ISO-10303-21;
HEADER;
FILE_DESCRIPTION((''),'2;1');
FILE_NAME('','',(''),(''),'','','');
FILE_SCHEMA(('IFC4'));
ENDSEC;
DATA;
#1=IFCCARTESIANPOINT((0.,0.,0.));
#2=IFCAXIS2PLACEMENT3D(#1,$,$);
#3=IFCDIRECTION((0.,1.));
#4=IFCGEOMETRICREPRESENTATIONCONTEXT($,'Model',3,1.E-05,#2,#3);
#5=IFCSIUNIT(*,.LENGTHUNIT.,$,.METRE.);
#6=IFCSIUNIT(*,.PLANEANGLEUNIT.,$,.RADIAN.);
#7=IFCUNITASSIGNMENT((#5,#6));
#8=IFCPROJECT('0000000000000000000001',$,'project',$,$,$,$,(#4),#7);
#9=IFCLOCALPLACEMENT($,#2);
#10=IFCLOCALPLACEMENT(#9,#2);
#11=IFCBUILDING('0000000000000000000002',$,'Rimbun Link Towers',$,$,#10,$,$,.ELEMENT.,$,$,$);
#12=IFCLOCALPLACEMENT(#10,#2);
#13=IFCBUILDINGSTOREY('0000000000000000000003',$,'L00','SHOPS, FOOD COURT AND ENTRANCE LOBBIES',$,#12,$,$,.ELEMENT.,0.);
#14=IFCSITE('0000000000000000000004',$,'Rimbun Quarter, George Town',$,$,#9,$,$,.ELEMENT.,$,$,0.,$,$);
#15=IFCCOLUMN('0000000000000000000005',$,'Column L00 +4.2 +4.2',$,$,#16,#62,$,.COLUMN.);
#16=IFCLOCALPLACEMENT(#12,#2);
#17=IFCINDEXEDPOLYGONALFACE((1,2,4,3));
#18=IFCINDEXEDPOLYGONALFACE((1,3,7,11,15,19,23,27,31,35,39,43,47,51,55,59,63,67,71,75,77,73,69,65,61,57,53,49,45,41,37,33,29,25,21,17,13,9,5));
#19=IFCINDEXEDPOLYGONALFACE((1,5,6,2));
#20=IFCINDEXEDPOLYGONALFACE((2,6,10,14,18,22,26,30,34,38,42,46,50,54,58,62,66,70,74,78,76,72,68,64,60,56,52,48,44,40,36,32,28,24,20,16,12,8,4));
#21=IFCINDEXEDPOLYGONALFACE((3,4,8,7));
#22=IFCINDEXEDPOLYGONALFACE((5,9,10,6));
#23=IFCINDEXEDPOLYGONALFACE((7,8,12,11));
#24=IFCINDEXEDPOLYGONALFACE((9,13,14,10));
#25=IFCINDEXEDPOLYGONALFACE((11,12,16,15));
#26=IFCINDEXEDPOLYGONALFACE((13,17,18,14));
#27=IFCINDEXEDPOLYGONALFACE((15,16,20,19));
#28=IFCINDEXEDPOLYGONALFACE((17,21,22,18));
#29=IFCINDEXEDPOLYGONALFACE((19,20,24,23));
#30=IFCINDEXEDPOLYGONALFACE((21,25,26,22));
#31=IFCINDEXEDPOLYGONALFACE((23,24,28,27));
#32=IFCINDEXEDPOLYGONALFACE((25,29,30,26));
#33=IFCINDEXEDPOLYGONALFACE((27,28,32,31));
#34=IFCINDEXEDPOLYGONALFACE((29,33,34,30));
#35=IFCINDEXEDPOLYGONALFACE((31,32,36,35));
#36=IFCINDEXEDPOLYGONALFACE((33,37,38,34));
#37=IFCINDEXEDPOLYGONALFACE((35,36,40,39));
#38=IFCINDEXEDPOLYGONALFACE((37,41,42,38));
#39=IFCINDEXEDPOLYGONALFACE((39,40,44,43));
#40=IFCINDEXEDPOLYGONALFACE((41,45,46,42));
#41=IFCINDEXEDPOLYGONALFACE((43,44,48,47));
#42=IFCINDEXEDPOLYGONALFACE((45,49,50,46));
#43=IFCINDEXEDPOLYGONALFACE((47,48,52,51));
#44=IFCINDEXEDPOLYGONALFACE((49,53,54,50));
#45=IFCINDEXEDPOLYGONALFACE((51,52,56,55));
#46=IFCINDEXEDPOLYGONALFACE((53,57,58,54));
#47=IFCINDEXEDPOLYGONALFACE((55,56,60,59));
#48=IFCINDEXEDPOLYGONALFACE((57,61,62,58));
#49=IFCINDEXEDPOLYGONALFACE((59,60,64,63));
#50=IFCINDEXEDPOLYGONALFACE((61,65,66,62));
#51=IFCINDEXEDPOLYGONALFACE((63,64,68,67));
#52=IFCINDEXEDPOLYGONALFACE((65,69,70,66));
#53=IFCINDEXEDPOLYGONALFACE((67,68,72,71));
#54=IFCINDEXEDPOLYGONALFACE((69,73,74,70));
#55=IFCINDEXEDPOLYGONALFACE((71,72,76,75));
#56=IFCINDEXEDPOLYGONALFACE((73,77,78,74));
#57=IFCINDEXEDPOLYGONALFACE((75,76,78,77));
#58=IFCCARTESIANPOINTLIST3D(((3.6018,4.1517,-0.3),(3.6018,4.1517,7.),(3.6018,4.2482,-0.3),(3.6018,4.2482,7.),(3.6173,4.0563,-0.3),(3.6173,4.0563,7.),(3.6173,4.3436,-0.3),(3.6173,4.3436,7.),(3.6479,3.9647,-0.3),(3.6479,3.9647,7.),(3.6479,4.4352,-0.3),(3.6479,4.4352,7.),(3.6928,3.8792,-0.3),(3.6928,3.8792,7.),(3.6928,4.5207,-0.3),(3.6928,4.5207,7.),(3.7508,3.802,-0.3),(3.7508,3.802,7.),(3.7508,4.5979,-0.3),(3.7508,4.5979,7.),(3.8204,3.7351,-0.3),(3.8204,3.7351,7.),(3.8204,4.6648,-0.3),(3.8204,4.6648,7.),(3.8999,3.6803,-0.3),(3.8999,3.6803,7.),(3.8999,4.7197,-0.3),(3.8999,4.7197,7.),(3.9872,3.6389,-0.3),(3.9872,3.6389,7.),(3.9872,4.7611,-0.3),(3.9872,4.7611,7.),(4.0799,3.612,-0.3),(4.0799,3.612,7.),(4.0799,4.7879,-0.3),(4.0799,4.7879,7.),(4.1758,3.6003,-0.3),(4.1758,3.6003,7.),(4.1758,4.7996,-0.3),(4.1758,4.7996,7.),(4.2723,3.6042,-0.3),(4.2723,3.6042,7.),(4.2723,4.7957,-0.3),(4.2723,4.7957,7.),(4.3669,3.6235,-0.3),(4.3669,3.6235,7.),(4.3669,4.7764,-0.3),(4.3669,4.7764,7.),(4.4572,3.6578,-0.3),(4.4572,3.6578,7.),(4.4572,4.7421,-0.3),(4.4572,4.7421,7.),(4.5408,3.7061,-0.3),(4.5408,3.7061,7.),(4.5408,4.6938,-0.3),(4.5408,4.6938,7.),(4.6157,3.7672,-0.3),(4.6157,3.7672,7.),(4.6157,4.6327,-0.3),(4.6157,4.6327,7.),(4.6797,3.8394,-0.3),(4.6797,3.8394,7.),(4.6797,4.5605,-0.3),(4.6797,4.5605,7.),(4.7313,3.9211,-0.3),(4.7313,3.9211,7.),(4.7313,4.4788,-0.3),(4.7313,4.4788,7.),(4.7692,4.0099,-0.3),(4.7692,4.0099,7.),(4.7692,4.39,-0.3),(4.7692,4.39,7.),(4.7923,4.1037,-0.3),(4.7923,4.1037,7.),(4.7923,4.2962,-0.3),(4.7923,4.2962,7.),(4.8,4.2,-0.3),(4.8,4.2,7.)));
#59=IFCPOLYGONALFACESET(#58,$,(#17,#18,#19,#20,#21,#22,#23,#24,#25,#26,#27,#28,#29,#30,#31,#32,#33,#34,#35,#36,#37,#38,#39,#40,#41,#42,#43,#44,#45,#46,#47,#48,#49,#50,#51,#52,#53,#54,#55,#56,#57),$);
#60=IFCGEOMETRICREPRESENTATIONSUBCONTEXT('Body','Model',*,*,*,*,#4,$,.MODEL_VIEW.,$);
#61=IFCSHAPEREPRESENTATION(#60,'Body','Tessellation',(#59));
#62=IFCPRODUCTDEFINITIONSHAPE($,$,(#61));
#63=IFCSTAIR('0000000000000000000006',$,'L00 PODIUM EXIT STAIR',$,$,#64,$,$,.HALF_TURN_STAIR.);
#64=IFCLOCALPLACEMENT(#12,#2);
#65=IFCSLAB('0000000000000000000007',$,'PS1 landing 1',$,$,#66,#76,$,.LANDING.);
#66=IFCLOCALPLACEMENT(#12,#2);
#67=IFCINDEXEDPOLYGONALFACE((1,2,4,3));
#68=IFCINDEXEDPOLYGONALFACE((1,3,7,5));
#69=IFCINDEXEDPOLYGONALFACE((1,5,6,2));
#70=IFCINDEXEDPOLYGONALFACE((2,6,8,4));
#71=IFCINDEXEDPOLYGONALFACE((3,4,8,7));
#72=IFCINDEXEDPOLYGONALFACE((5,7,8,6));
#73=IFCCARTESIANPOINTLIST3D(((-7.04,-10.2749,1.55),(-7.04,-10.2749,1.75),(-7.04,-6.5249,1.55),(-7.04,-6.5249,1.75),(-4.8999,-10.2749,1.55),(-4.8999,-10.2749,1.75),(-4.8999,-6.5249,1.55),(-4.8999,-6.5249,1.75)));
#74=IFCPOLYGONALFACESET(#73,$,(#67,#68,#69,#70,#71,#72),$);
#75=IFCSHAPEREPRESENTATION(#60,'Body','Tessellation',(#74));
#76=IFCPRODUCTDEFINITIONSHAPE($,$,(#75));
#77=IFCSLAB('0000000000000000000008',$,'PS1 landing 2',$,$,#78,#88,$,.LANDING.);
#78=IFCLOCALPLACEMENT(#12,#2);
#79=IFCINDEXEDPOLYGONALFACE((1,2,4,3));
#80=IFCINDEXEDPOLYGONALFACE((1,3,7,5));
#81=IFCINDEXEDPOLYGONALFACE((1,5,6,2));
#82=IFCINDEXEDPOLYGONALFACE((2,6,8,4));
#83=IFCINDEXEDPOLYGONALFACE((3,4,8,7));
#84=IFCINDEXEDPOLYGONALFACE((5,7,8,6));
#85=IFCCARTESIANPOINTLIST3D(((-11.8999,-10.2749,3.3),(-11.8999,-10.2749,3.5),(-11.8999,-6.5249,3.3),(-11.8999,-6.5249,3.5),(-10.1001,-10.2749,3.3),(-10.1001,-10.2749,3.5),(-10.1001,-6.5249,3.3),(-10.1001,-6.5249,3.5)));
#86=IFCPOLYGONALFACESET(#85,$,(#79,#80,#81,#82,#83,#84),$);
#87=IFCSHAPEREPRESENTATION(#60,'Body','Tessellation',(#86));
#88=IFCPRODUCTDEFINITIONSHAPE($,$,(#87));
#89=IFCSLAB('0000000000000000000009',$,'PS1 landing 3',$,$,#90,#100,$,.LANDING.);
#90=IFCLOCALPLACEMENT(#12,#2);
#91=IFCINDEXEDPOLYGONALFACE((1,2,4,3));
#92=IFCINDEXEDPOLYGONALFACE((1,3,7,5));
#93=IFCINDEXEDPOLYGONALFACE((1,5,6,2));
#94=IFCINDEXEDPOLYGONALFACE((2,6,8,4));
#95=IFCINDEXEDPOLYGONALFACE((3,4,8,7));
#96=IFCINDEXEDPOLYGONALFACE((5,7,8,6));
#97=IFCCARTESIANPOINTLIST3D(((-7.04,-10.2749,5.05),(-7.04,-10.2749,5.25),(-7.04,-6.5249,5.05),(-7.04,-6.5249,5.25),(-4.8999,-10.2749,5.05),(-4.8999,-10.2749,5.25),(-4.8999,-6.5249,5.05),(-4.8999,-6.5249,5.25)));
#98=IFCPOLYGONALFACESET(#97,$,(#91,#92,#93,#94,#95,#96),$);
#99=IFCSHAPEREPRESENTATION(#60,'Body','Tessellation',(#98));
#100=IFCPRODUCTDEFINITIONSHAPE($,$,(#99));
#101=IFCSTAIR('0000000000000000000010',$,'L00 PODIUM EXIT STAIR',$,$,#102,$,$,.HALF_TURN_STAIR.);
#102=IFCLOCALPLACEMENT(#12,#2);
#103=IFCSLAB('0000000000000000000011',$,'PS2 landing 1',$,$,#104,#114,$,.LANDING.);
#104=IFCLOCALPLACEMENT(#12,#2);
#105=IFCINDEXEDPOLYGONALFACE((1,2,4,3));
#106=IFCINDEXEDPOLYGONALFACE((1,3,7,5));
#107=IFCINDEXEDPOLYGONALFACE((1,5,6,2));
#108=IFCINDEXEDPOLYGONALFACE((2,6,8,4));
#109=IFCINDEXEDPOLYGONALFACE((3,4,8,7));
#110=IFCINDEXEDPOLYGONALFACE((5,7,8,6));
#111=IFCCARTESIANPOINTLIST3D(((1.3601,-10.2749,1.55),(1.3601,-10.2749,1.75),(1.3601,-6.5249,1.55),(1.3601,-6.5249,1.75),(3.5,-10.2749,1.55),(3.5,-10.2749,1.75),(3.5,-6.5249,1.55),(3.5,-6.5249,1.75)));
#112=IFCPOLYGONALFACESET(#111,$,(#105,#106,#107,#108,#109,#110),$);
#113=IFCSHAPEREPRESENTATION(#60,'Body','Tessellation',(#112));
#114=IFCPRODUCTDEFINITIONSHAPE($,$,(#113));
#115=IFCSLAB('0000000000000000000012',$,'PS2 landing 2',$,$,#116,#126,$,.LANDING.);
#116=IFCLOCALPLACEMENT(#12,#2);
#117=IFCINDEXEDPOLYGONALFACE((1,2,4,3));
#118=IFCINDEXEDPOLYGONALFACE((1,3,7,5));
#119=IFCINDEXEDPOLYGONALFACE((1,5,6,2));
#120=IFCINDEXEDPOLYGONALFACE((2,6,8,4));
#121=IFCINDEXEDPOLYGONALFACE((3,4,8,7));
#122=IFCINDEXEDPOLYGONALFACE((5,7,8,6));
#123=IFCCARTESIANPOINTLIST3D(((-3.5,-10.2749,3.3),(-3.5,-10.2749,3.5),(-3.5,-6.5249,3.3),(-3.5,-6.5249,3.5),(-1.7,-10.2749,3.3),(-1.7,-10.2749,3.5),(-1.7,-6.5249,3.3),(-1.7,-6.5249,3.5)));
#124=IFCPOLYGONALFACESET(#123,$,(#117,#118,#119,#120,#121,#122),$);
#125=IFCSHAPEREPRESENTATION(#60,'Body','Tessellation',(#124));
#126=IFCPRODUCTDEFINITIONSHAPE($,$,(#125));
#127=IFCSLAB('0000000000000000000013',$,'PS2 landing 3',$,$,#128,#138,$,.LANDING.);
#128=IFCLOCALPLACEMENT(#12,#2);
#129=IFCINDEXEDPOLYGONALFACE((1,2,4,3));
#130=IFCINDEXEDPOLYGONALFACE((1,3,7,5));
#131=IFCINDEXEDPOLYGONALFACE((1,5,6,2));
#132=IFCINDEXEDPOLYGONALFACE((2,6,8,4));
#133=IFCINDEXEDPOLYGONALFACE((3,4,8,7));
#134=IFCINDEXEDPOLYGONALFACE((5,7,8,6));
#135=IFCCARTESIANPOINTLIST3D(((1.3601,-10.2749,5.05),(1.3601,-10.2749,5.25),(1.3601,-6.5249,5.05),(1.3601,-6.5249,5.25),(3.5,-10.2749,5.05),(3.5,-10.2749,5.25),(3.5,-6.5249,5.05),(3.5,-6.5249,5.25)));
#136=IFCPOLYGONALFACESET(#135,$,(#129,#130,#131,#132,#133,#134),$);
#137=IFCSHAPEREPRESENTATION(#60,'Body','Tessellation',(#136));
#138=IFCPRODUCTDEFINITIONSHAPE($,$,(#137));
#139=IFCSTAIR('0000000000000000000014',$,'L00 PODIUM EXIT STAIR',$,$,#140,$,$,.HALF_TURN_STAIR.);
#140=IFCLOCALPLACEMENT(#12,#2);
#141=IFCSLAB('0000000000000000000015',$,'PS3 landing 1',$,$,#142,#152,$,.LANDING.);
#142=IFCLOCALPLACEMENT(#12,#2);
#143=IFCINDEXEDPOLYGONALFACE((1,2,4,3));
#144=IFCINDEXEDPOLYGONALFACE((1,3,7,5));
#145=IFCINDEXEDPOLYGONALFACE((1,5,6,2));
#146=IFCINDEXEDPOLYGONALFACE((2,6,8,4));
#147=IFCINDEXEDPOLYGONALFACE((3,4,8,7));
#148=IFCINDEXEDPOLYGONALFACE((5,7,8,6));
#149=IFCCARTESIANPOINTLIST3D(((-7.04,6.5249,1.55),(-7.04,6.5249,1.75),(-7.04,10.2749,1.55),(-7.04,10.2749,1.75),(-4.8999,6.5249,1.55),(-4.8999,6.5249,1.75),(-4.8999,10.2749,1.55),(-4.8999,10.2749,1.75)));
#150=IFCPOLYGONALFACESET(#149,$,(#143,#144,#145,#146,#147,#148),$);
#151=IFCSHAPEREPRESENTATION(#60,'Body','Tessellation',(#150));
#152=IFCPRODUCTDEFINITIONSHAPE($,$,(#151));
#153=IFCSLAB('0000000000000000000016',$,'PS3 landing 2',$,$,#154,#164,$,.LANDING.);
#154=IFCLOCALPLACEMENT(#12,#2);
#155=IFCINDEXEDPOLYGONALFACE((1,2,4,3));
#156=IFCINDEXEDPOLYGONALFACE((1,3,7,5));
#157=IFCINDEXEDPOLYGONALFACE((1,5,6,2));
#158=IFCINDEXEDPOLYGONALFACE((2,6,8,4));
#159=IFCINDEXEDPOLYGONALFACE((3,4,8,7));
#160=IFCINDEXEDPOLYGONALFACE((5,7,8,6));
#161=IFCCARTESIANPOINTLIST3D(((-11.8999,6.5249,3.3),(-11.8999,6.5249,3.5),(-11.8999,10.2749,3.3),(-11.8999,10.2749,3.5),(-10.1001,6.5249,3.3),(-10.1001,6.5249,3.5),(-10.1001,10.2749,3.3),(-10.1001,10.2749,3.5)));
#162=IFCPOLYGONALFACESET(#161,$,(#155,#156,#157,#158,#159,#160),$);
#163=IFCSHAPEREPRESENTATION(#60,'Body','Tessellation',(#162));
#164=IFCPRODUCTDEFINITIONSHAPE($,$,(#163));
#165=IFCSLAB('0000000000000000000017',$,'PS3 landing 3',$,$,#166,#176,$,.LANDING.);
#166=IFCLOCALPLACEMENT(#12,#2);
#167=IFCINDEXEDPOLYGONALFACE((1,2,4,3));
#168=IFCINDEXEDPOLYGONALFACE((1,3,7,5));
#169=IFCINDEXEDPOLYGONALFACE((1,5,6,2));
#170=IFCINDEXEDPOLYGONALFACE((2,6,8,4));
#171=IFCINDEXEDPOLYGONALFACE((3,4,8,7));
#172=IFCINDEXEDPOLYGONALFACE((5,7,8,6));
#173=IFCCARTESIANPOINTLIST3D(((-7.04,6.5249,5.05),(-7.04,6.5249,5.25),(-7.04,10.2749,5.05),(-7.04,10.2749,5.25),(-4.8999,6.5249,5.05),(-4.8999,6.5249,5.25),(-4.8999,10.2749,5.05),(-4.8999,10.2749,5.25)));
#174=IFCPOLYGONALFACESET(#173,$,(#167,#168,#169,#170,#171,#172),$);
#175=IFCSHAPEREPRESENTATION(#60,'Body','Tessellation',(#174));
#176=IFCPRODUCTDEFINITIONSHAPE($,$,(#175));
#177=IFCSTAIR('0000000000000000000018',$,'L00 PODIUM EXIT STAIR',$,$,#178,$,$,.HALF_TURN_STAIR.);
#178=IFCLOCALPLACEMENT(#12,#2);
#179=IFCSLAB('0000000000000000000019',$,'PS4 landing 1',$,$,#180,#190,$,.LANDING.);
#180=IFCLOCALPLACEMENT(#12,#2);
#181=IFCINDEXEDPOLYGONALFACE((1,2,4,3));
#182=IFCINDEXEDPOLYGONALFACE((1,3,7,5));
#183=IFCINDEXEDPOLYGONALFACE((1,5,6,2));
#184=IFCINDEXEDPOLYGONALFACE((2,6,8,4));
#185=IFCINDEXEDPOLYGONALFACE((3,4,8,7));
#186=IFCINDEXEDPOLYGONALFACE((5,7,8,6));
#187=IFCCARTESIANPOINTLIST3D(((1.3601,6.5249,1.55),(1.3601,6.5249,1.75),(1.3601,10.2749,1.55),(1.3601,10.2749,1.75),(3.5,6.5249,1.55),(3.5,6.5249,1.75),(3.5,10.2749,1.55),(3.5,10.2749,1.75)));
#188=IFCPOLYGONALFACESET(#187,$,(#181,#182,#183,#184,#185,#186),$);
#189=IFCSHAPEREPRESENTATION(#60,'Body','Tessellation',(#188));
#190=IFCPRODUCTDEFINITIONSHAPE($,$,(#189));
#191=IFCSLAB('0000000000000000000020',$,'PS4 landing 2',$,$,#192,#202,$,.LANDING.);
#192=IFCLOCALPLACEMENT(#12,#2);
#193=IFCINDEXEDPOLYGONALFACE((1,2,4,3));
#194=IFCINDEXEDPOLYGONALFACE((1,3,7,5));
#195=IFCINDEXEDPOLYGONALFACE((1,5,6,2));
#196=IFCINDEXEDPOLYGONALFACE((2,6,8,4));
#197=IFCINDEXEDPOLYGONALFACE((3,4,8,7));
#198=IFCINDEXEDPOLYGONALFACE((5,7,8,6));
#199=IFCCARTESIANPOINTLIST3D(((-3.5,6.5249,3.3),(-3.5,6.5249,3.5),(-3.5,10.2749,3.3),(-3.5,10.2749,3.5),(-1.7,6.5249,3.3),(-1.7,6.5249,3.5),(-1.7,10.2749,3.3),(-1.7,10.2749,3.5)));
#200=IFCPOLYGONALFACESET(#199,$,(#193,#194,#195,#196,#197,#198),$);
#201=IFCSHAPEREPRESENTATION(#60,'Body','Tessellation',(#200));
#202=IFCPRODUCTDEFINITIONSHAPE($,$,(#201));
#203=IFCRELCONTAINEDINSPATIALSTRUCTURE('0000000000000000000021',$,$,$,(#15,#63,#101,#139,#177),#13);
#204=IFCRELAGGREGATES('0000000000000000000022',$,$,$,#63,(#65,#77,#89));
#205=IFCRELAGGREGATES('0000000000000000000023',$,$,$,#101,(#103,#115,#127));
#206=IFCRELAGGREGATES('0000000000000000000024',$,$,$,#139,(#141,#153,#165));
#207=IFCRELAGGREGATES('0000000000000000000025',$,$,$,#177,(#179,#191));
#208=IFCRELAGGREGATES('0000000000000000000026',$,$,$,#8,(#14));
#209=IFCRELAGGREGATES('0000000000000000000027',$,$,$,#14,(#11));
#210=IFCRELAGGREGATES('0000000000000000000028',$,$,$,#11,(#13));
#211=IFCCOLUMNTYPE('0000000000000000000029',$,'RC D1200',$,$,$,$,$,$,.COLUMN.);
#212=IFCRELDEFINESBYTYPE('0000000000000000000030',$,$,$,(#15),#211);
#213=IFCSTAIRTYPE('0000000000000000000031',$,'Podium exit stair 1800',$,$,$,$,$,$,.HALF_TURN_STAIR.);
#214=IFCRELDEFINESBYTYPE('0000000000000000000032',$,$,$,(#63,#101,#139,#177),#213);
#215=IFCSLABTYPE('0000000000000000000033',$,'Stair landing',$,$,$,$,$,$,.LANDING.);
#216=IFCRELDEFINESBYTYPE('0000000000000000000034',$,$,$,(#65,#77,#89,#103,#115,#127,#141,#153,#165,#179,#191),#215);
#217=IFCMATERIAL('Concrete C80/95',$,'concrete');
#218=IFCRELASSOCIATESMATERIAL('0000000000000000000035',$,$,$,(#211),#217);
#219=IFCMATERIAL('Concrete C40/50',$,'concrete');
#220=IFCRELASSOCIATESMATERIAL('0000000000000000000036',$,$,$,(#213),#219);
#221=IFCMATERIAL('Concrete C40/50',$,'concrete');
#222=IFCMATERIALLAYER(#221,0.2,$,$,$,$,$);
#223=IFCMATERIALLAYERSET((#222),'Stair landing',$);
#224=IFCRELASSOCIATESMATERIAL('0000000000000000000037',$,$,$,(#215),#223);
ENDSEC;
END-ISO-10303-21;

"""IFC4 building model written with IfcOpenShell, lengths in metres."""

from ifc_helpers import new_model, si_unit, direction, frame, origin, origin_2d, place, context, subcontext, project, spatial, polyline, circle, outline, extrude, material, layer, layer_set, material_profile, profile_set, type_object, element, aggregate, save


model = new_model("IFC4")

# Units and contexts
model_context = context("Model", 3, precision=1e-05, world=origin(), true_north=direction((0.0, 1.0)))
body_context = subcontext(model_context, "Body", "Model", "MODEL_VIEW")
ifc_project = project(units=[si_unit("LENGTHUNIT", "METRE"), si_unit("PLANEANGLEUNIT", "RADIAN")], contexts=[model_context])

# Site, building, storey
site_placement = place(None, origin())
site = spatial("IfcSite", under=ifc_project, at=site_placement, Name="Rimbun Quarter, George Town", CompositionType="ELEMENT", RefElevation=0.0)
building_placement = place(site_placement, origin())
building = spatial("IfcBuilding", under=site, at=building_placement, Name="Rimbun Link Towers", CompositionType="ELEMENT")
storey_placement = place(building_placement, origin())
storey = spatial("IfcBuildingStorey", under=building, at=storey_placement, Name="L00", Description="SHOPS, FOOD COURT AND ENTRANCE LOBBIES", CompositionType="ELEMENT", Elevation=0.0)

# Column
ifc_material_1 = material(Name="Concrete C80/95", Category="concrete")
ifc_material_profile_1 = material_profile(ifc_material_1, circle(Radius=0.6001, at=origin_2d()), Name="RC D1200")
ifc_profile_set_1 = profile_set([ifc_material_profile_1], Name="Concrete C80/95")
column_type = type_object("IfcColumnType", Name="RC D1200", PredefinedType="COLUMN", material=ifc_profile_set_1)
column_placement = place(storey_placement, frame((4.2, 4.2, -0.3), z_axis=(0.0, 0.0, 1.0), x_axis=(1.0, 0.0, 0.0)))
element("IfcColumn", 1, at=column_placement, inside=storey, type_object=column_type, Name="Column L00 +4.2 +4.2", PredefinedType="COLUMN", context=body_context, shape_type="SweptSolid", body=[
    extrude(circle(Radius=0.6001, at=origin_2d()), origin(), (0.0, 0.0, 1.0), 7.3),
])

# Stairs, slabs
ifc_material_2 = material(Name="Concrete C40/50", Category="concrete")
stair_type = type_object("IfcStairType", Name="Podium exit stair 1800", PredefinedType="HALF_TURN_STAIR", material=ifc_material_2)
stair_1_placement = place(storey_placement, origin())
stair_1 = element("IfcStair", 2, at=stair_1_placement, inside=storey, type_object=stair_type, Name="L00 PODIUM EXIT STAIR", PredefinedType="HALF_TURN_STAIR")
ifc_material_3 = material(Name="Concrete C40/50", Category="concrete")
ifc_layer_1 = layer(ifc_material_3, 0.2)
ifc_layer_set_1 = layer_set([ifc_layer_1], Name="Stair landing")
slab_type = type_object("IfcSlabType", Name="Stair landing", PredefinedType="LANDING", material=ifc_layer_set_1)
slab_1_placement = place(storey_placement, frame((0.0, 0.0, 1.55)))
slab_1 = element("IfcSlab", 3, at=slab_1_placement, type_object=slab_type, Name="PS1 landing 1", PredefinedType="LANDING", context=body_context, shape_type="SweptSolid", body=[
    extrude(outline(polyline([(-7.04, -10.2749), (-4.8999, -10.2749), (-4.8999, -6.5249), (-7.04, -6.5249), (-7.04, -10.2749)])), origin(), (0.0, 0.0, 1.0), 0.2),
])
slab_2_placement = place(storey_placement, frame((0.0, 0.0, 3.3)))
slab_2 = element("IfcSlab", 4, at=slab_2_placement, type_object=slab_type, Name="PS1 landing 2", PredefinedType="LANDING", context=body_context, shape_type="SweptSolid", body=[
    extrude(outline(polyline([(-11.8999, -10.2749), (-10.1001, -10.2749), (-10.1001, -6.5249), (-11.8999, -6.5249), (-11.8999, -10.2749)])), origin(), (0.0, 0.0, 1.0), 0.2),
])
slab_3_placement = place(storey_placement, frame((0.0, 0.0, 5.05)))
slab_3 = element("IfcSlab", 5, at=slab_3_placement, type_object=slab_type, Name="PS1 landing 3", PredefinedType="LANDING", context=body_context, shape_type="SweptSolid", body=[
    extrude(outline(polyline([(-7.04, -10.2749), (-4.8999, -10.2749), (-4.8999, -6.5249), (-7.04, -6.5249), (-7.04, -10.2749)])), origin(), (0.0, 0.0, 1.0), 0.2),
])
aggregate(stair_1, [slab_1, slab_2, slab_3])
stair_2_placement = place(storey_placement, origin())
stair_2 = element("IfcStair", 6, at=stair_2_placement, inside=storey, type_object=stair_type, Name="L00 PODIUM EXIT STAIR", PredefinedType="HALF_TURN_STAIR")
slab_4_placement = place(storey_placement, frame((0.0, 0.0, 1.55)))
slab_4 = element("IfcSlab", 7, at=slab_4_placement, type_object=slab_type, Name="PS2 landing 1", PredefinedType="LANDING", context=body_context, shape_type="SweptSolid", body=[
    extrude(outline(polyline([(1.3601, -10.2749), (3.5, -10.2749), (3.5, -6.5249), (1.3601, -6.5249), (1.3601, -10.2749)])), origin(), (0.0, 0.0, 1.0), 0.2),
])
slab_5_placement = place(storey_placement, frame((0.0, 0.0, 3.3)))
slab_5 = element("IfcSlab", 8, at=slab_5_placement, type_object=slab_type, Name="PS2 landing 2", PredefinedType="LANDING", context=body_context, shape_type="SweptSolid", body=[
    extrude(outline(polyline([(-3.5, -10.2749), (-1.7, -10.2749), (-1.7, -6.5249), (-3.5, -6.5249), (-3.5, -10.2749)])), origin(), (0.0, 0.0, 1.0), 0.2),
])
slab_6_placement = place(storey_placement, frame((0.0, 0.0, 5.05)))
slab_6 = element("IfcSlab", 9, at=slab_6_placement, type_object=slab_type, Name="PS2 landing 3", PredefinedType="LANDING", context=body_context, shape_type="SweptSolid", body=[
    extrude(outline(polyline([(1.3601, -10.2749), (3.5, -10.2749), (3.5, -6.5249), (1.3601, -6.5249), (1.3601, -10.2749)])), origin(), (0.0, 0.0, 1.0), 0.2),
])
aggregate(stair_2, [slab_4, slab_5, slab_6])
stair_3_placement = place(storey_placement, origin())
stair_3 = element("IfcStair", 10, at=stair_3_placement, inside=storey, type_object=stair_type, Name="L00 PODIUM EXIT STAIR", PredefinedType="HALF_TURN_STAIR")
slab_7_placement = place(storey_placement, frame((0.0, 0.0, 1.55)))
slab_7 = element("IfcSlab", 11, at=slab_7_placement, type_object=slab_type, Name="PS3 landing 1", PredefinedType="LANDING", context=body_context, shape_type="SweptSolid", body=[
    extrude(outline(polyline([(-7.04, 6.5249), (-4.8999, 6.5249), (-4.8999, 10.2749), (-7.04, 10.2749), (-7.04, 6.5249)])), origin(), (0.0, 0.0, 1.0), 0.2),
])
slab_8_placement = place(storey_placement, frame((0.0, 0.0, 3.3)))
slab_8 = element("IfcSlab", 12, at=slab_8_placement, type_object=slab_type, Name="PS3 landing 2", PredefinedType="LANDING", context=body_context, shape_type="SweptSolid", body=[
    extrude(outline(polyline([(-11.8999, 6.5249), (-10.1001, 6.5249), (-10.1001, 10.2749), (-11.8999, 10.2749), (-11.8999, 6.5249)])), origin(), (0.0, 0.0, 1.0), 0.2),
])
slab_9_placement = place(storey_placement, frame((0.0, 0.0, 5.05)))
slab_9 = element("IfcSlab", 13, at=slab_9_placement, type_object=slab_type, Name="PS3 landing 3", PredefinedType="LANDING", context=body_context, shape_type="SweptSolid", body=[
    extrude(outline(polyline([(-7.04, 6.5249), (-4.8999, 6.5249), (-4.8999, 10.2749), (-7.04, 10.2749), (-7.04, 6.5249)])), origin(), (0.0, 0.0, 1.0), 0.2),
])
aggregate(stair_3, [slab_7, slab_8, slab_9])
stair_4_placement = place(storey_placement, origin())
stair_4 = element("IfcStair", 14, at=stair_4_placement, inside=storey, type_object=stair_type, Name="L00 PODIUM EXIT STAIR", PredefinedType="HALF_TURN_STAIR")
slab_10_placement = place(storey_placement, frame((0.0, 0.0, 1.55)))
slab_10 = element("IfcSlab", 15, at=slab_10_placement, type_object=slab_type, Name="PS4 landing 1", PredefinedType="LANDING", context=body_context, shape_type="SweptSolid", body=[
    extrude(outline(polyline([(1.3601, 6.5249), (3.5, 6.5249), (3.5, 10.2749), (1.3601, 10.2749), (1.3601, 6.5249)])), origin(), (0.0, 0.0, 1.0), 0.2),
])
slab_11_placement = place(storey_placement, frame((0.0, 0.0, 3.3)))
slab_11 = element("IfcSlab", 16, at=slab_11_placement, type_object=slab_type, Name="PS4 landing 2", PredefinedType="LANDING", context=body_context, shape_type="SweptSolid", body=[
    extrude(outline(polyline([(-3.5, 6.5249), (-1.7, 6.5249), (-1.7, 10.2749), (-3.5, 10.2749), (-3.5, 6.5249)])), origin(), (0.0, 0.0, 1.0), 0.2),
])
aggregate(stair_4, [slab_10, slab_11])

save(model, "model.ifc")
